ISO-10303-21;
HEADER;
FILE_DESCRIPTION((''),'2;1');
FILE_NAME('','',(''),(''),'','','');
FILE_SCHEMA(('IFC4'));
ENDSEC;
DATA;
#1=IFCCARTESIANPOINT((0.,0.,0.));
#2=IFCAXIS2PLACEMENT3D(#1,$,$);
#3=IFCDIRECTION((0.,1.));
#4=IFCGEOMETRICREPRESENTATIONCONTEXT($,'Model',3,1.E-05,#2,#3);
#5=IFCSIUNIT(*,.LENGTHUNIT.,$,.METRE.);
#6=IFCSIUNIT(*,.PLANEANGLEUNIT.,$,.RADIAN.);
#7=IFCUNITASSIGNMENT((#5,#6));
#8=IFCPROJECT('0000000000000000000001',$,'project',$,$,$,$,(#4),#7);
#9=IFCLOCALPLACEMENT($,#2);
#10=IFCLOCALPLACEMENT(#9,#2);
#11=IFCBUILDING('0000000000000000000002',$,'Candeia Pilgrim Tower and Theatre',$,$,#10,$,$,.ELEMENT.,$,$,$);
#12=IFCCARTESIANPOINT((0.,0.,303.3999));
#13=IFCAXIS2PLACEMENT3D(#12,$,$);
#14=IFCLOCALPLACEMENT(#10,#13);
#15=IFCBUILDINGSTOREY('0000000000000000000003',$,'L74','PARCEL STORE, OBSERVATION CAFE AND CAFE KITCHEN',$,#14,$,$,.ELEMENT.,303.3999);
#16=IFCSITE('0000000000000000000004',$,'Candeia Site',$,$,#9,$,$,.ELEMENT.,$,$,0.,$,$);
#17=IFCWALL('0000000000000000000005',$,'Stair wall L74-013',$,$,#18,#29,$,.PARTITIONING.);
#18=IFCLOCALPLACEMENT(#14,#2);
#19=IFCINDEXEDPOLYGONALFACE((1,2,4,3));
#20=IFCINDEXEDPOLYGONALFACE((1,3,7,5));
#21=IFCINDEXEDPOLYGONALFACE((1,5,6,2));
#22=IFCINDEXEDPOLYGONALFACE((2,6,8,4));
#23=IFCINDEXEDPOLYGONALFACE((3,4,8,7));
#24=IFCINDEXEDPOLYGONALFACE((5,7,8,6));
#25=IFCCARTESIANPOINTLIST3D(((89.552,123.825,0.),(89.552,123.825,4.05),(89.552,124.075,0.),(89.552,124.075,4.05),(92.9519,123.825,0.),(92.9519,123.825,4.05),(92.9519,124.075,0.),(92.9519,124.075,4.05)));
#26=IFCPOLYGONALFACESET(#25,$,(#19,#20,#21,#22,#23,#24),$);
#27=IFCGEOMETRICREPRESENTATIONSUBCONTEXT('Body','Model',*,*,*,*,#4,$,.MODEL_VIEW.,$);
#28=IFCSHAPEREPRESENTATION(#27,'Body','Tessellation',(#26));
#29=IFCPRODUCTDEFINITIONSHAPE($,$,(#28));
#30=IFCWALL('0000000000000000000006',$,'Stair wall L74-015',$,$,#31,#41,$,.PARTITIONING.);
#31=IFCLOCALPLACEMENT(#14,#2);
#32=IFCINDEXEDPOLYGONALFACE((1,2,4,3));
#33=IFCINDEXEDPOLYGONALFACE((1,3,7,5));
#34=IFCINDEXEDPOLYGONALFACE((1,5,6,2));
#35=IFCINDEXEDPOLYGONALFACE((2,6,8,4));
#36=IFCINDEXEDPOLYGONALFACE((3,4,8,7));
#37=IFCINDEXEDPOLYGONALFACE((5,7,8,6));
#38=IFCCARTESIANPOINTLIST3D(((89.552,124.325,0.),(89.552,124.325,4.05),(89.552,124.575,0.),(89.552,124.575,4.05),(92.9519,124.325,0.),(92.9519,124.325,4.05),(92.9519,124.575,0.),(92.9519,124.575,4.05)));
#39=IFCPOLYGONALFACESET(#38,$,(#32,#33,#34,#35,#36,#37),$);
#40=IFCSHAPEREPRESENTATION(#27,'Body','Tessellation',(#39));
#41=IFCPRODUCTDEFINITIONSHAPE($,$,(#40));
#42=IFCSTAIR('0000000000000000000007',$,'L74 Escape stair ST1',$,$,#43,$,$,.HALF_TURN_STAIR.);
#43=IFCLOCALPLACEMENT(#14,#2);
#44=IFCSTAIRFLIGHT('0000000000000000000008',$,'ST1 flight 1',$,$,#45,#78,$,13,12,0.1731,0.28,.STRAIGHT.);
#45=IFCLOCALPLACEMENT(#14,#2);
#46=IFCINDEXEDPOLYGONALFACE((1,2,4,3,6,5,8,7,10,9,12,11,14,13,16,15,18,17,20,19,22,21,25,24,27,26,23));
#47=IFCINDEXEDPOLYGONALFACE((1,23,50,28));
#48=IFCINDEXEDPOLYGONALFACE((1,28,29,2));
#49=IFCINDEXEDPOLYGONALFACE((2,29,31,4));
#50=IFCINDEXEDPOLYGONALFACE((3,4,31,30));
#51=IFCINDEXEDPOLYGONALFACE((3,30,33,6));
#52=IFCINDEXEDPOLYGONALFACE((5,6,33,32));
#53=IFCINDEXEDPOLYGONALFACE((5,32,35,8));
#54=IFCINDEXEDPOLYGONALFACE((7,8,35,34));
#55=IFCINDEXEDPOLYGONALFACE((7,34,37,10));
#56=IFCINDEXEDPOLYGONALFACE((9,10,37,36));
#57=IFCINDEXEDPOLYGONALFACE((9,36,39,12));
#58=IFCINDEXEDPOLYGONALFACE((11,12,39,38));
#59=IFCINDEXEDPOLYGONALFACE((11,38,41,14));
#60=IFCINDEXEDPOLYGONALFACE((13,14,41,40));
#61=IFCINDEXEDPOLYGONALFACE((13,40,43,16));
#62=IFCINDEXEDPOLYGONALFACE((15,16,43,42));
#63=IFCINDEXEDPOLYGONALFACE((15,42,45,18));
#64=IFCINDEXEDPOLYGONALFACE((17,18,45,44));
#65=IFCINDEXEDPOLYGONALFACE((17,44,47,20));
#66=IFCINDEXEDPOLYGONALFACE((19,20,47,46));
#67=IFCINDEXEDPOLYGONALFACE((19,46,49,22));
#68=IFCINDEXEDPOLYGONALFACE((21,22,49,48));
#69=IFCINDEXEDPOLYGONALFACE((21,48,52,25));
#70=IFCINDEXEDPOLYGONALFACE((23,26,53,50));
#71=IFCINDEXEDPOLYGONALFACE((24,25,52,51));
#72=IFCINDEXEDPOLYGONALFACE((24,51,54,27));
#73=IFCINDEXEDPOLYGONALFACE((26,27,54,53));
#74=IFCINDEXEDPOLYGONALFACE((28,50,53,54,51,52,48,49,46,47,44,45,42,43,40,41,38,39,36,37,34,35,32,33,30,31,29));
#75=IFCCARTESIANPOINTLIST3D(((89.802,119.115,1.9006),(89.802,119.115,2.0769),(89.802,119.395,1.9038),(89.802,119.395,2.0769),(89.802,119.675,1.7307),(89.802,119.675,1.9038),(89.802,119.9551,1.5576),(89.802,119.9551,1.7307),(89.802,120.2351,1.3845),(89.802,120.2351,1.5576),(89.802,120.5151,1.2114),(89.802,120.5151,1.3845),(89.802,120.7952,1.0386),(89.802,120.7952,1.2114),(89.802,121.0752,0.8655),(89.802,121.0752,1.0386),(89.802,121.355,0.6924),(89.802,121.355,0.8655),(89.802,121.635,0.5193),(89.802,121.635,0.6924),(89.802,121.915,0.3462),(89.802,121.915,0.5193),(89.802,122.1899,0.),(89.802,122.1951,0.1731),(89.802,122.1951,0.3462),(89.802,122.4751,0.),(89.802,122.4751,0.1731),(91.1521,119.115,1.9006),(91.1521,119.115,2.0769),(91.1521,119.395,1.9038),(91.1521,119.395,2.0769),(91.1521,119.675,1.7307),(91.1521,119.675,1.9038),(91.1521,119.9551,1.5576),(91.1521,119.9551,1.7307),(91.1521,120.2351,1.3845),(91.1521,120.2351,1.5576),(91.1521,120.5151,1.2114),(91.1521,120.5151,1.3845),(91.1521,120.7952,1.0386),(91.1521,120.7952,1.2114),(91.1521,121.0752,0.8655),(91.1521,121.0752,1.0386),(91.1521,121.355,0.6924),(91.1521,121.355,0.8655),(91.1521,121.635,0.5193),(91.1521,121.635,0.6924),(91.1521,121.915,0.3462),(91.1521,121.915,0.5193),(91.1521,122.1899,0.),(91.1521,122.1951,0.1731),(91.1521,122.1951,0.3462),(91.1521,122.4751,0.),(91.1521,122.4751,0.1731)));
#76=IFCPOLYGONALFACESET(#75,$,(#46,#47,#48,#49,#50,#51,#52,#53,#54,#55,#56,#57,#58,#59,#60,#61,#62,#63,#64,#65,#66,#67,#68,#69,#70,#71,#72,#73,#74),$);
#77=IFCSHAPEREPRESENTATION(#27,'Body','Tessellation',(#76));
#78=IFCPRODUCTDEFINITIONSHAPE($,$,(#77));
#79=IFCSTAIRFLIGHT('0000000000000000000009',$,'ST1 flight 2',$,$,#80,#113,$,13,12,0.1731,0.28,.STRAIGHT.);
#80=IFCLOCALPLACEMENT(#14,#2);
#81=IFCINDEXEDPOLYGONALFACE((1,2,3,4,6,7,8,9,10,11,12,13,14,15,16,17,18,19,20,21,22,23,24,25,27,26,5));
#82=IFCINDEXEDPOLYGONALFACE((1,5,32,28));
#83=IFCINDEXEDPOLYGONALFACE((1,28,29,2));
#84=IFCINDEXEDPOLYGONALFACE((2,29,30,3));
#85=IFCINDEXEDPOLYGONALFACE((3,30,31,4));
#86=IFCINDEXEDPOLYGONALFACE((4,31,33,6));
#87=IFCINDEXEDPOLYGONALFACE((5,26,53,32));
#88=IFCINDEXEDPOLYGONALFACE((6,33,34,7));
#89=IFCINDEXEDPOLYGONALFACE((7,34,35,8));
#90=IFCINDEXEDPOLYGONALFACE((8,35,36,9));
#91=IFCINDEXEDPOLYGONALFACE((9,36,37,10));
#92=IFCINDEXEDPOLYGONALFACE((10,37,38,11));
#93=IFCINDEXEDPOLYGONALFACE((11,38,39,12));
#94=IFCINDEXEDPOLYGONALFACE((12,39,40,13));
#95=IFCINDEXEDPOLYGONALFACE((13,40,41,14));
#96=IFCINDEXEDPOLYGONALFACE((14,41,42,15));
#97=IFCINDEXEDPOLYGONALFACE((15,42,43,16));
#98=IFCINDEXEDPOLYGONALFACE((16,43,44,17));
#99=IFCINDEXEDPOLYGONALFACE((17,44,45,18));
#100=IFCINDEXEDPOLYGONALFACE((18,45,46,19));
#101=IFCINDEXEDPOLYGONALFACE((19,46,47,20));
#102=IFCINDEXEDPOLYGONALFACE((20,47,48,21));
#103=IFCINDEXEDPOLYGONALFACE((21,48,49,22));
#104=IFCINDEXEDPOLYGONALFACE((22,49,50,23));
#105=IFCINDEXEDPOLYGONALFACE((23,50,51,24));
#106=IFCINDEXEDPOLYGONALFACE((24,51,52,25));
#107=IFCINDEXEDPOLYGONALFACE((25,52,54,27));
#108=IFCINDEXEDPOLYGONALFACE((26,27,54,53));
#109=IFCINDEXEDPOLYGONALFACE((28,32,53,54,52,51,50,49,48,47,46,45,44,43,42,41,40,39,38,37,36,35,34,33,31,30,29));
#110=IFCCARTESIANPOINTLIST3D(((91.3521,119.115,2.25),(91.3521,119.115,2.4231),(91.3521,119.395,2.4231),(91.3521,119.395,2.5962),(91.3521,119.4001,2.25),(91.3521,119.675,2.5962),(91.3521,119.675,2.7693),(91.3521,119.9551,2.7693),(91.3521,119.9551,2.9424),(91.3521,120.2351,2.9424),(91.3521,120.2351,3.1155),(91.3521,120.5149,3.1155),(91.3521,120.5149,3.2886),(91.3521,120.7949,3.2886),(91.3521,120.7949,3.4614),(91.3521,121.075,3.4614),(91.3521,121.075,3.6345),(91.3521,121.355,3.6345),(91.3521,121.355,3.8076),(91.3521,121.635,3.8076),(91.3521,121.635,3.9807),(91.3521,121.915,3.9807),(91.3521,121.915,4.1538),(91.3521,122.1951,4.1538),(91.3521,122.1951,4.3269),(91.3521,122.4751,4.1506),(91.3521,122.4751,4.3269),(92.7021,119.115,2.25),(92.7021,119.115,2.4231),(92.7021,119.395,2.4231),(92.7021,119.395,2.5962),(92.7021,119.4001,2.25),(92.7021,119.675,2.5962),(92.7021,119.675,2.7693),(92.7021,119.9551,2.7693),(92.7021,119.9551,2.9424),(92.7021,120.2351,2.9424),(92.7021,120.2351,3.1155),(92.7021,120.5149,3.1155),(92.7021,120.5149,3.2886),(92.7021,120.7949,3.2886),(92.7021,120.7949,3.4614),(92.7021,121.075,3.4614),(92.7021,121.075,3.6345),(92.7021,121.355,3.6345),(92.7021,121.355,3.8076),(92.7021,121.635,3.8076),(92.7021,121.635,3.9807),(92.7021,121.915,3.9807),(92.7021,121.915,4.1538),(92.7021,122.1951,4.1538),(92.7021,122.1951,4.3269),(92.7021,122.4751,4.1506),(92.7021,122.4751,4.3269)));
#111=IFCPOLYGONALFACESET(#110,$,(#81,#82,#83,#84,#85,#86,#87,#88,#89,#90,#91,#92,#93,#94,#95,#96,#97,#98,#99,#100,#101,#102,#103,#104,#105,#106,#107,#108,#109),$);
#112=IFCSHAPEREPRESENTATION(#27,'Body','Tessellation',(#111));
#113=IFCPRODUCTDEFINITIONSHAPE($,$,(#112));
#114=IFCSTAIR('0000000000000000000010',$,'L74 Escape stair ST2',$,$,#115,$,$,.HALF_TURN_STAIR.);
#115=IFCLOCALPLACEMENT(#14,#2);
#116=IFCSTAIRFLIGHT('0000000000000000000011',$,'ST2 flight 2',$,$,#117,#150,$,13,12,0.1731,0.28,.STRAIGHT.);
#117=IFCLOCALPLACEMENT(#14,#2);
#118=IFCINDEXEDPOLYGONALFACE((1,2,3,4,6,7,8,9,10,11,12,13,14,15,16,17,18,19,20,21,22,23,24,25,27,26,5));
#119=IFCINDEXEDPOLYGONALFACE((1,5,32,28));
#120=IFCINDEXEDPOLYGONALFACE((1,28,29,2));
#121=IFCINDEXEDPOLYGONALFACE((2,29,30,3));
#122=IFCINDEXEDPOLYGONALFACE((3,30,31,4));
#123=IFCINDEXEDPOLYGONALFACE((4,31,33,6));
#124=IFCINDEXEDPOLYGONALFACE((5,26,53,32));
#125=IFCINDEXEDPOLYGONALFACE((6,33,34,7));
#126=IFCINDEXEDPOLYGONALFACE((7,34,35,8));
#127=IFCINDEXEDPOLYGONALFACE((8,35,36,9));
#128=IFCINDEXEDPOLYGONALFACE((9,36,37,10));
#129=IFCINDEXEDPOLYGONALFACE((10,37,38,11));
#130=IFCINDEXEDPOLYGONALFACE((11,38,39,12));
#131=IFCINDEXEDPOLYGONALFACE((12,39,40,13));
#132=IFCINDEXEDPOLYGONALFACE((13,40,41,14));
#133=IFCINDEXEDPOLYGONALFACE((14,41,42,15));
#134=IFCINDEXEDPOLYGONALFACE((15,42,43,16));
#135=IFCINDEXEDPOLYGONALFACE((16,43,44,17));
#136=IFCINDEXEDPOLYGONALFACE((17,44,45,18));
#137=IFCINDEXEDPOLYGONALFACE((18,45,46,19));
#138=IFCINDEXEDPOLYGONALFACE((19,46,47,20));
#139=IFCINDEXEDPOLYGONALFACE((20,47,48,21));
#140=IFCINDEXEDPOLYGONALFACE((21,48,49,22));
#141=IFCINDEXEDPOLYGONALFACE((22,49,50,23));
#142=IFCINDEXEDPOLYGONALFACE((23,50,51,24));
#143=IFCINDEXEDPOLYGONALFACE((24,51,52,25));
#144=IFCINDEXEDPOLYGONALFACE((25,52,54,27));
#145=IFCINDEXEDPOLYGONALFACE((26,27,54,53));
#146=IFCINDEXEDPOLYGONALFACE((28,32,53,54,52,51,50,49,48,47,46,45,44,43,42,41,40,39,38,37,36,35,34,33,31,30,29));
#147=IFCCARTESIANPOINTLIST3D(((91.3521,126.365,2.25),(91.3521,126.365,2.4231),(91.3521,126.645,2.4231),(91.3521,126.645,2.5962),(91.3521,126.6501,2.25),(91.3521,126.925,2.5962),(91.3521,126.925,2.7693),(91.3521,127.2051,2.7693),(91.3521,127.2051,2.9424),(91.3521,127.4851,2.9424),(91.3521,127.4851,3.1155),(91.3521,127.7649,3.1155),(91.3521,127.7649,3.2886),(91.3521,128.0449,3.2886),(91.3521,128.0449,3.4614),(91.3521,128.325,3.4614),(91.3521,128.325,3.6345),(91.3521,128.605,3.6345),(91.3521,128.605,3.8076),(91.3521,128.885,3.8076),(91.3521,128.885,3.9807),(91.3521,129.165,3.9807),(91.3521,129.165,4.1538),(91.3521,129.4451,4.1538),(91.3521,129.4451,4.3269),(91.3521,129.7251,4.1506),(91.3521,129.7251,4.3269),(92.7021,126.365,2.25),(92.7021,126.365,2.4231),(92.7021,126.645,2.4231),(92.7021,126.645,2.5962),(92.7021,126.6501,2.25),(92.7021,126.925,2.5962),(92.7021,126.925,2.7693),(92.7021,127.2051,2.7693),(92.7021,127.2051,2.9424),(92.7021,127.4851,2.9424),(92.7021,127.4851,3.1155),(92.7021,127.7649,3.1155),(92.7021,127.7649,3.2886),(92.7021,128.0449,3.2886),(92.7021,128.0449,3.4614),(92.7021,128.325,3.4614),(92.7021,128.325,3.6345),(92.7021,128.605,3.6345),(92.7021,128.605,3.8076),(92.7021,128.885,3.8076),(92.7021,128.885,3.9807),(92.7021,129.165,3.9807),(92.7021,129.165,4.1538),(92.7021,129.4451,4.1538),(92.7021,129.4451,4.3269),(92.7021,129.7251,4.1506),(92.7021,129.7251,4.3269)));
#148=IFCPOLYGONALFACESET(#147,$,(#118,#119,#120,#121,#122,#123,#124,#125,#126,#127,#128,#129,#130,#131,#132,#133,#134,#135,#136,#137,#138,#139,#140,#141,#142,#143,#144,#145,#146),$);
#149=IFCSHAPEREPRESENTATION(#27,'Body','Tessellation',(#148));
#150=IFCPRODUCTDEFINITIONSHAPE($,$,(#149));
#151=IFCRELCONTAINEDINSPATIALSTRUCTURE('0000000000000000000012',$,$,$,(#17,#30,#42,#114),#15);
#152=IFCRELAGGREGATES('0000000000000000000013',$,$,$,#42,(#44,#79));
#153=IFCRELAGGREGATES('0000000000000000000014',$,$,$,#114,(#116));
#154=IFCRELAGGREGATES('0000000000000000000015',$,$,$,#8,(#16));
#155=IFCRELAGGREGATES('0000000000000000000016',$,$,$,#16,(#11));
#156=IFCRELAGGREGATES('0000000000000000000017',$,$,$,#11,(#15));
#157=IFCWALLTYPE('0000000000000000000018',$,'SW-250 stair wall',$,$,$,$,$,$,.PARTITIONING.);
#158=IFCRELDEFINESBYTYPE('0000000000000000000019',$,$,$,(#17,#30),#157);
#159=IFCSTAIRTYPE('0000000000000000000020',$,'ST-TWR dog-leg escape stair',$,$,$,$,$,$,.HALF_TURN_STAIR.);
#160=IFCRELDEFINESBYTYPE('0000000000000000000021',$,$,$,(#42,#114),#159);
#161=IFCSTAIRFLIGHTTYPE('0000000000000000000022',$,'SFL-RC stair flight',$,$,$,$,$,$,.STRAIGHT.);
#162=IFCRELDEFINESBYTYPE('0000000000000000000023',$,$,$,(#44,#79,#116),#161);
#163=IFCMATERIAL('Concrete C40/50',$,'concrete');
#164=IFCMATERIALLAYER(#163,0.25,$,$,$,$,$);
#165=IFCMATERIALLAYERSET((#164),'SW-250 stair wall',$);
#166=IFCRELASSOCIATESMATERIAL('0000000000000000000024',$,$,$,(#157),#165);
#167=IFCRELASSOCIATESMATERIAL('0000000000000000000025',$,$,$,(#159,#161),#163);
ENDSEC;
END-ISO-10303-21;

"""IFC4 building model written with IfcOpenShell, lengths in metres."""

from ifc_helpers import new_model, si_unit, direction, frame, frame_2d, origin, place, context, subcontext, project, spatial, polyline, rectangle, outline, extrude, material, layer, layer_set, type_object, element, aggregate, save


model = new_model("IFC4")

# Units and contexts
model_context = context("Model", 3, precision=1e-05, world=origin(), true_north=direction((0.0, 1.0)))
body_context = subcontext(model_context, "Body", "Model", "MODEL_VIEW")
ifc_project = project(units=[si_unit("LENGTHUNIT", "METRE"), si_unit("PLANEANGLEUNIT", "RADIAN")], contexts=[model_context])

# Site, building, storey
site_placement = place(None, origin())
site = spatial("IfcSite", under=ifc_project, at=site_placement, Name="Candeia Site", CompositionType="ELEMENT", RefElevation=0.0)
building_placement = place(site_placement, origin())
building = spatial("IfcBuilding", under=site, at=building_placement, Name="Candeia Pilgrim Tower and Theatre", CompositionType="ELEMENT")
storey_placement = place(building_placement, frame((0.0, 0.0, 303.3999)))
storey = spatial("IfcBuildingStorey", under=building, at=storey_placement, Name="L74", Description="PARCEL STORE, OBSERVATION CAFE AND CAFE KITCHEN", CompositionType="ELEMENT", Elevation=303.3999)

# Walls
ifc_material_1 = material(Name="Concrete C40/50", Category="concrete")
ifc_layer = layer(ifc_material_1, 0.25)
ifc_layer_set = layer_set([ifc_layer], Name="SW-250 stair wall")
wall_type = type_object("IfcWallType", Name="SW-250 stair wall", PredefinedType="PARTITIONING", material=ifc_layer_set)
for number, where, z_axis, x_axis, name in (
    (1, (89.552, 123.95, 0.0), (0.0, 0.0, 1.0), (1.0, 0.0, 0.0), "Stair wall L74-013"),
    (2, (89.552, 124.45, 0.0), (0.0, 0.0, 1.0), (1.0, 0.0, 0.0), "Stair wall L74-015"),
):
    element("IfcWall", number, at=place(storey_placement, frame(where, z_axis=z_axis, x_axis=x_axis)), inside=storey, type_object=wall_type, Name=name, PredefinedType="PARTITIONING", context=body_context, shape_type="SweptSolid", body=[
        extrude(rectangle(XDim=3.3999, YDim=0.25, at=frame_2d((1.7, 0.0))), origin(), (0.0, 0.0, 1.0), 4.05),
    ])

# Stair, stair flights
stair_type = type_object("IfcStairType", Name="ST-TWR dog-leg escape stair", PredefinedType="HALF_TURN_STAIR", material=ifc_material_1)
stair_1_placement = place(storey_placement, origin())
stair_1 = element("IfcStair", 3, at=stair_1_placement, inside=storey, type_object=stair_type, Name="L74 Escape stair ST1", PredefinedType="HALF_TURN_STAIR")
stair_flight_type = type_object("IfcStairFlightType", Name="SFL-RC stair flight", PredefinedType="STRAIGHT", material=ifc_material_1)
stair_flight_1_placement = place(storey_placement, frame((90.4771, 122.4751, 0.0), z_axis=(0.0, 0.0, 1.0), x_axis=(0.0, -1.0, 0.0)))
stair_flight_1 = element("IfcStairFlight", 4, at=stair_flight_1_placement, type_object=stair_flight_type, Name="ST1 flight 1", NumberOfRisers=13, NumberOfTreads=12, PredefinedType="STRAIGHT", RiserHeight=0.1731, TreadLength=0.28, context=body_context, shape_type="SweptSolid", body=[
    extrude(outline(polyline([(0.0, 0.0), (0.0, 0.1731), (0.28, 0.1731), (0.28, 0.3462), (0.5601, 0.3462), (0.5601, 0.5193), (0.8401, 0.5193), (0.8401, 0.6924), (1.1201, 0.6924), (1.1201, 0.8655), (1.3999, 0.8655), (1.3999, 1.0386), (1.6799, 1.0386), (1.6799, 1.2114), (1.96, 1.2114), (1.96, 1.3845), (2.24, 1.3845), (2.24, 1.5576), (2.52, 1.5576), (2.52, 1.7307), (2.8, 1.7307), (2.8, 1.9038), (3.0801, 1.9038), (3.0801, 2.0769), (3.3601, 2.0769), (3.3601, 2.25), (3.3601, 1.9006), (0.2852, 0.0), (0.0, 0.0)])), frame((0.0, 0.675, 0.0), z_axis=(0.0, -1.0, 0.0), x_axis=(1.0, 0.0, 0.0)), (0.0, 0.0, 1.0), 1.3501),
])
stair_flight_2_placement = place(storey_placement, frame((92.0271, 119.115, 2.25), z_axis=(0.0, 0.0, 1.0), x_axis=(0.0, 1.0, 0.0)))
stair_flight_2 = element("IfcStairFlight", 5, at=stair_flight_2_placement, type_object=stair_flight_type, Name="ST1 flight 2", NumberOfRisers=13, NumberOfTreads=12, PredefinedType="STRAIGHT", RiserHeight=0.1731, TreadLength=0.28, context=body_context, shape_type="SweptSolid", body=[
    extrude(outline(polyline([(0.0, 0.0), (0.0, 0.1731), (0.28, 0.1731), (0.28, 0.3462), (0.5601, 0.3462), (0.5601, 0.5193), (0.8401, 0.5193), (0.8401, 0.6924), (1.1201, 0.6924), (1.1201, 0.8655), (1.3999, 0.8655), (1.3999, 1.0386), (1.6799, 1.0386), (1.6799, 1.2114), (1.96, 1.2114), (1.96, 1.3845), (2.24, 1.3845), (2.24, 1.5576), (2.52, 1.5576), (2.52, 1.7307), (2.8, 1.7307), (2.8, 1.9038), (3.0801, 1.9038), (3.0801, 2.0769), (3.3601, 2.0769), (3.3601, 2.25), (3.3601, 1.9006), (0.2852, 0.0), (0.0, 0.0)])), frame((0.0, 0.675, 0.0), z_axis=(0.0, -1.0, 0.0), x_axis=(1.0, 0.0, 0.0)), (0.0, 0.0, 1.0), 1.3501),
])
aggregate(stair_1, [stair_flight_1, stair_flight_2])

# Stair, stair flight
stair_2_placement = place(storey_placement, origin())
stair_2 = element("IfcStair", 6, at=stair_2_placement, inside=storey, type_object=stair_type, Name="L74 Escape stair ST2", PredefinedType="HALF_TURN_STAIR")
stair_flight_3_placement = place(storey_placement, frame((92.0271, 126.365, 2.25), z_axis=(0.0, 0.0, 1.0), x_axis=(0.0, 1.0, 0.0)))
stair_flight_3 = element("IfcStairFlight", 7, at=stair_flight_3_placement, type_object=stair_flight_type, Name="ST2 flight 2", NumberOfRisers=13, NumberOfTreads=12, PredefinedType="STRAIGHT", RiserHeight=0.1731, TreadLength=0.28, context=body_context, shape_type="SweptSolid", body=[
    extrude(outline(polyline([(0.0, 0.0), (0.0, 0.1731), (0.28, 0.1731), (0.28, 0.3462), (0.5601, 0.3462), (0.5601, 0.5193), (0.8401, 0.5193), (0.8401, 0.6924), (1.1201, 0.6924), (1.1201, 0.8655), (1.3999, 0.8655), (1.3999, 1.0386), (1.6799, 1.0386), (1.6799, 1.2114), (1.96, 1.2114), (1.96, 1.3845), (2.24, 1.3845), (2.24, 1.5576), (2.52, 1.5576), (2.52, 1.7307), (2.8, 1.7307), (2.8, 1.9038), (3.0801, 1.9038), (3.0801, 2.0769), (3.3601, 2.0769), (3.3601, 2.25), (3.3601, 1.9006), (0.2852, 0.0), (0.0, 0.0)])), frame((0.0, 0.675, 0.0), z_axis=(0.0, -1.0, 0.0), x_axis=(1.0, 0.0, 0.0)), (0.0, 0.0, 1.0), 1.3501),
])
aggregate(stair_2, [stair_flight_3])

save(model, "model.ifc")
